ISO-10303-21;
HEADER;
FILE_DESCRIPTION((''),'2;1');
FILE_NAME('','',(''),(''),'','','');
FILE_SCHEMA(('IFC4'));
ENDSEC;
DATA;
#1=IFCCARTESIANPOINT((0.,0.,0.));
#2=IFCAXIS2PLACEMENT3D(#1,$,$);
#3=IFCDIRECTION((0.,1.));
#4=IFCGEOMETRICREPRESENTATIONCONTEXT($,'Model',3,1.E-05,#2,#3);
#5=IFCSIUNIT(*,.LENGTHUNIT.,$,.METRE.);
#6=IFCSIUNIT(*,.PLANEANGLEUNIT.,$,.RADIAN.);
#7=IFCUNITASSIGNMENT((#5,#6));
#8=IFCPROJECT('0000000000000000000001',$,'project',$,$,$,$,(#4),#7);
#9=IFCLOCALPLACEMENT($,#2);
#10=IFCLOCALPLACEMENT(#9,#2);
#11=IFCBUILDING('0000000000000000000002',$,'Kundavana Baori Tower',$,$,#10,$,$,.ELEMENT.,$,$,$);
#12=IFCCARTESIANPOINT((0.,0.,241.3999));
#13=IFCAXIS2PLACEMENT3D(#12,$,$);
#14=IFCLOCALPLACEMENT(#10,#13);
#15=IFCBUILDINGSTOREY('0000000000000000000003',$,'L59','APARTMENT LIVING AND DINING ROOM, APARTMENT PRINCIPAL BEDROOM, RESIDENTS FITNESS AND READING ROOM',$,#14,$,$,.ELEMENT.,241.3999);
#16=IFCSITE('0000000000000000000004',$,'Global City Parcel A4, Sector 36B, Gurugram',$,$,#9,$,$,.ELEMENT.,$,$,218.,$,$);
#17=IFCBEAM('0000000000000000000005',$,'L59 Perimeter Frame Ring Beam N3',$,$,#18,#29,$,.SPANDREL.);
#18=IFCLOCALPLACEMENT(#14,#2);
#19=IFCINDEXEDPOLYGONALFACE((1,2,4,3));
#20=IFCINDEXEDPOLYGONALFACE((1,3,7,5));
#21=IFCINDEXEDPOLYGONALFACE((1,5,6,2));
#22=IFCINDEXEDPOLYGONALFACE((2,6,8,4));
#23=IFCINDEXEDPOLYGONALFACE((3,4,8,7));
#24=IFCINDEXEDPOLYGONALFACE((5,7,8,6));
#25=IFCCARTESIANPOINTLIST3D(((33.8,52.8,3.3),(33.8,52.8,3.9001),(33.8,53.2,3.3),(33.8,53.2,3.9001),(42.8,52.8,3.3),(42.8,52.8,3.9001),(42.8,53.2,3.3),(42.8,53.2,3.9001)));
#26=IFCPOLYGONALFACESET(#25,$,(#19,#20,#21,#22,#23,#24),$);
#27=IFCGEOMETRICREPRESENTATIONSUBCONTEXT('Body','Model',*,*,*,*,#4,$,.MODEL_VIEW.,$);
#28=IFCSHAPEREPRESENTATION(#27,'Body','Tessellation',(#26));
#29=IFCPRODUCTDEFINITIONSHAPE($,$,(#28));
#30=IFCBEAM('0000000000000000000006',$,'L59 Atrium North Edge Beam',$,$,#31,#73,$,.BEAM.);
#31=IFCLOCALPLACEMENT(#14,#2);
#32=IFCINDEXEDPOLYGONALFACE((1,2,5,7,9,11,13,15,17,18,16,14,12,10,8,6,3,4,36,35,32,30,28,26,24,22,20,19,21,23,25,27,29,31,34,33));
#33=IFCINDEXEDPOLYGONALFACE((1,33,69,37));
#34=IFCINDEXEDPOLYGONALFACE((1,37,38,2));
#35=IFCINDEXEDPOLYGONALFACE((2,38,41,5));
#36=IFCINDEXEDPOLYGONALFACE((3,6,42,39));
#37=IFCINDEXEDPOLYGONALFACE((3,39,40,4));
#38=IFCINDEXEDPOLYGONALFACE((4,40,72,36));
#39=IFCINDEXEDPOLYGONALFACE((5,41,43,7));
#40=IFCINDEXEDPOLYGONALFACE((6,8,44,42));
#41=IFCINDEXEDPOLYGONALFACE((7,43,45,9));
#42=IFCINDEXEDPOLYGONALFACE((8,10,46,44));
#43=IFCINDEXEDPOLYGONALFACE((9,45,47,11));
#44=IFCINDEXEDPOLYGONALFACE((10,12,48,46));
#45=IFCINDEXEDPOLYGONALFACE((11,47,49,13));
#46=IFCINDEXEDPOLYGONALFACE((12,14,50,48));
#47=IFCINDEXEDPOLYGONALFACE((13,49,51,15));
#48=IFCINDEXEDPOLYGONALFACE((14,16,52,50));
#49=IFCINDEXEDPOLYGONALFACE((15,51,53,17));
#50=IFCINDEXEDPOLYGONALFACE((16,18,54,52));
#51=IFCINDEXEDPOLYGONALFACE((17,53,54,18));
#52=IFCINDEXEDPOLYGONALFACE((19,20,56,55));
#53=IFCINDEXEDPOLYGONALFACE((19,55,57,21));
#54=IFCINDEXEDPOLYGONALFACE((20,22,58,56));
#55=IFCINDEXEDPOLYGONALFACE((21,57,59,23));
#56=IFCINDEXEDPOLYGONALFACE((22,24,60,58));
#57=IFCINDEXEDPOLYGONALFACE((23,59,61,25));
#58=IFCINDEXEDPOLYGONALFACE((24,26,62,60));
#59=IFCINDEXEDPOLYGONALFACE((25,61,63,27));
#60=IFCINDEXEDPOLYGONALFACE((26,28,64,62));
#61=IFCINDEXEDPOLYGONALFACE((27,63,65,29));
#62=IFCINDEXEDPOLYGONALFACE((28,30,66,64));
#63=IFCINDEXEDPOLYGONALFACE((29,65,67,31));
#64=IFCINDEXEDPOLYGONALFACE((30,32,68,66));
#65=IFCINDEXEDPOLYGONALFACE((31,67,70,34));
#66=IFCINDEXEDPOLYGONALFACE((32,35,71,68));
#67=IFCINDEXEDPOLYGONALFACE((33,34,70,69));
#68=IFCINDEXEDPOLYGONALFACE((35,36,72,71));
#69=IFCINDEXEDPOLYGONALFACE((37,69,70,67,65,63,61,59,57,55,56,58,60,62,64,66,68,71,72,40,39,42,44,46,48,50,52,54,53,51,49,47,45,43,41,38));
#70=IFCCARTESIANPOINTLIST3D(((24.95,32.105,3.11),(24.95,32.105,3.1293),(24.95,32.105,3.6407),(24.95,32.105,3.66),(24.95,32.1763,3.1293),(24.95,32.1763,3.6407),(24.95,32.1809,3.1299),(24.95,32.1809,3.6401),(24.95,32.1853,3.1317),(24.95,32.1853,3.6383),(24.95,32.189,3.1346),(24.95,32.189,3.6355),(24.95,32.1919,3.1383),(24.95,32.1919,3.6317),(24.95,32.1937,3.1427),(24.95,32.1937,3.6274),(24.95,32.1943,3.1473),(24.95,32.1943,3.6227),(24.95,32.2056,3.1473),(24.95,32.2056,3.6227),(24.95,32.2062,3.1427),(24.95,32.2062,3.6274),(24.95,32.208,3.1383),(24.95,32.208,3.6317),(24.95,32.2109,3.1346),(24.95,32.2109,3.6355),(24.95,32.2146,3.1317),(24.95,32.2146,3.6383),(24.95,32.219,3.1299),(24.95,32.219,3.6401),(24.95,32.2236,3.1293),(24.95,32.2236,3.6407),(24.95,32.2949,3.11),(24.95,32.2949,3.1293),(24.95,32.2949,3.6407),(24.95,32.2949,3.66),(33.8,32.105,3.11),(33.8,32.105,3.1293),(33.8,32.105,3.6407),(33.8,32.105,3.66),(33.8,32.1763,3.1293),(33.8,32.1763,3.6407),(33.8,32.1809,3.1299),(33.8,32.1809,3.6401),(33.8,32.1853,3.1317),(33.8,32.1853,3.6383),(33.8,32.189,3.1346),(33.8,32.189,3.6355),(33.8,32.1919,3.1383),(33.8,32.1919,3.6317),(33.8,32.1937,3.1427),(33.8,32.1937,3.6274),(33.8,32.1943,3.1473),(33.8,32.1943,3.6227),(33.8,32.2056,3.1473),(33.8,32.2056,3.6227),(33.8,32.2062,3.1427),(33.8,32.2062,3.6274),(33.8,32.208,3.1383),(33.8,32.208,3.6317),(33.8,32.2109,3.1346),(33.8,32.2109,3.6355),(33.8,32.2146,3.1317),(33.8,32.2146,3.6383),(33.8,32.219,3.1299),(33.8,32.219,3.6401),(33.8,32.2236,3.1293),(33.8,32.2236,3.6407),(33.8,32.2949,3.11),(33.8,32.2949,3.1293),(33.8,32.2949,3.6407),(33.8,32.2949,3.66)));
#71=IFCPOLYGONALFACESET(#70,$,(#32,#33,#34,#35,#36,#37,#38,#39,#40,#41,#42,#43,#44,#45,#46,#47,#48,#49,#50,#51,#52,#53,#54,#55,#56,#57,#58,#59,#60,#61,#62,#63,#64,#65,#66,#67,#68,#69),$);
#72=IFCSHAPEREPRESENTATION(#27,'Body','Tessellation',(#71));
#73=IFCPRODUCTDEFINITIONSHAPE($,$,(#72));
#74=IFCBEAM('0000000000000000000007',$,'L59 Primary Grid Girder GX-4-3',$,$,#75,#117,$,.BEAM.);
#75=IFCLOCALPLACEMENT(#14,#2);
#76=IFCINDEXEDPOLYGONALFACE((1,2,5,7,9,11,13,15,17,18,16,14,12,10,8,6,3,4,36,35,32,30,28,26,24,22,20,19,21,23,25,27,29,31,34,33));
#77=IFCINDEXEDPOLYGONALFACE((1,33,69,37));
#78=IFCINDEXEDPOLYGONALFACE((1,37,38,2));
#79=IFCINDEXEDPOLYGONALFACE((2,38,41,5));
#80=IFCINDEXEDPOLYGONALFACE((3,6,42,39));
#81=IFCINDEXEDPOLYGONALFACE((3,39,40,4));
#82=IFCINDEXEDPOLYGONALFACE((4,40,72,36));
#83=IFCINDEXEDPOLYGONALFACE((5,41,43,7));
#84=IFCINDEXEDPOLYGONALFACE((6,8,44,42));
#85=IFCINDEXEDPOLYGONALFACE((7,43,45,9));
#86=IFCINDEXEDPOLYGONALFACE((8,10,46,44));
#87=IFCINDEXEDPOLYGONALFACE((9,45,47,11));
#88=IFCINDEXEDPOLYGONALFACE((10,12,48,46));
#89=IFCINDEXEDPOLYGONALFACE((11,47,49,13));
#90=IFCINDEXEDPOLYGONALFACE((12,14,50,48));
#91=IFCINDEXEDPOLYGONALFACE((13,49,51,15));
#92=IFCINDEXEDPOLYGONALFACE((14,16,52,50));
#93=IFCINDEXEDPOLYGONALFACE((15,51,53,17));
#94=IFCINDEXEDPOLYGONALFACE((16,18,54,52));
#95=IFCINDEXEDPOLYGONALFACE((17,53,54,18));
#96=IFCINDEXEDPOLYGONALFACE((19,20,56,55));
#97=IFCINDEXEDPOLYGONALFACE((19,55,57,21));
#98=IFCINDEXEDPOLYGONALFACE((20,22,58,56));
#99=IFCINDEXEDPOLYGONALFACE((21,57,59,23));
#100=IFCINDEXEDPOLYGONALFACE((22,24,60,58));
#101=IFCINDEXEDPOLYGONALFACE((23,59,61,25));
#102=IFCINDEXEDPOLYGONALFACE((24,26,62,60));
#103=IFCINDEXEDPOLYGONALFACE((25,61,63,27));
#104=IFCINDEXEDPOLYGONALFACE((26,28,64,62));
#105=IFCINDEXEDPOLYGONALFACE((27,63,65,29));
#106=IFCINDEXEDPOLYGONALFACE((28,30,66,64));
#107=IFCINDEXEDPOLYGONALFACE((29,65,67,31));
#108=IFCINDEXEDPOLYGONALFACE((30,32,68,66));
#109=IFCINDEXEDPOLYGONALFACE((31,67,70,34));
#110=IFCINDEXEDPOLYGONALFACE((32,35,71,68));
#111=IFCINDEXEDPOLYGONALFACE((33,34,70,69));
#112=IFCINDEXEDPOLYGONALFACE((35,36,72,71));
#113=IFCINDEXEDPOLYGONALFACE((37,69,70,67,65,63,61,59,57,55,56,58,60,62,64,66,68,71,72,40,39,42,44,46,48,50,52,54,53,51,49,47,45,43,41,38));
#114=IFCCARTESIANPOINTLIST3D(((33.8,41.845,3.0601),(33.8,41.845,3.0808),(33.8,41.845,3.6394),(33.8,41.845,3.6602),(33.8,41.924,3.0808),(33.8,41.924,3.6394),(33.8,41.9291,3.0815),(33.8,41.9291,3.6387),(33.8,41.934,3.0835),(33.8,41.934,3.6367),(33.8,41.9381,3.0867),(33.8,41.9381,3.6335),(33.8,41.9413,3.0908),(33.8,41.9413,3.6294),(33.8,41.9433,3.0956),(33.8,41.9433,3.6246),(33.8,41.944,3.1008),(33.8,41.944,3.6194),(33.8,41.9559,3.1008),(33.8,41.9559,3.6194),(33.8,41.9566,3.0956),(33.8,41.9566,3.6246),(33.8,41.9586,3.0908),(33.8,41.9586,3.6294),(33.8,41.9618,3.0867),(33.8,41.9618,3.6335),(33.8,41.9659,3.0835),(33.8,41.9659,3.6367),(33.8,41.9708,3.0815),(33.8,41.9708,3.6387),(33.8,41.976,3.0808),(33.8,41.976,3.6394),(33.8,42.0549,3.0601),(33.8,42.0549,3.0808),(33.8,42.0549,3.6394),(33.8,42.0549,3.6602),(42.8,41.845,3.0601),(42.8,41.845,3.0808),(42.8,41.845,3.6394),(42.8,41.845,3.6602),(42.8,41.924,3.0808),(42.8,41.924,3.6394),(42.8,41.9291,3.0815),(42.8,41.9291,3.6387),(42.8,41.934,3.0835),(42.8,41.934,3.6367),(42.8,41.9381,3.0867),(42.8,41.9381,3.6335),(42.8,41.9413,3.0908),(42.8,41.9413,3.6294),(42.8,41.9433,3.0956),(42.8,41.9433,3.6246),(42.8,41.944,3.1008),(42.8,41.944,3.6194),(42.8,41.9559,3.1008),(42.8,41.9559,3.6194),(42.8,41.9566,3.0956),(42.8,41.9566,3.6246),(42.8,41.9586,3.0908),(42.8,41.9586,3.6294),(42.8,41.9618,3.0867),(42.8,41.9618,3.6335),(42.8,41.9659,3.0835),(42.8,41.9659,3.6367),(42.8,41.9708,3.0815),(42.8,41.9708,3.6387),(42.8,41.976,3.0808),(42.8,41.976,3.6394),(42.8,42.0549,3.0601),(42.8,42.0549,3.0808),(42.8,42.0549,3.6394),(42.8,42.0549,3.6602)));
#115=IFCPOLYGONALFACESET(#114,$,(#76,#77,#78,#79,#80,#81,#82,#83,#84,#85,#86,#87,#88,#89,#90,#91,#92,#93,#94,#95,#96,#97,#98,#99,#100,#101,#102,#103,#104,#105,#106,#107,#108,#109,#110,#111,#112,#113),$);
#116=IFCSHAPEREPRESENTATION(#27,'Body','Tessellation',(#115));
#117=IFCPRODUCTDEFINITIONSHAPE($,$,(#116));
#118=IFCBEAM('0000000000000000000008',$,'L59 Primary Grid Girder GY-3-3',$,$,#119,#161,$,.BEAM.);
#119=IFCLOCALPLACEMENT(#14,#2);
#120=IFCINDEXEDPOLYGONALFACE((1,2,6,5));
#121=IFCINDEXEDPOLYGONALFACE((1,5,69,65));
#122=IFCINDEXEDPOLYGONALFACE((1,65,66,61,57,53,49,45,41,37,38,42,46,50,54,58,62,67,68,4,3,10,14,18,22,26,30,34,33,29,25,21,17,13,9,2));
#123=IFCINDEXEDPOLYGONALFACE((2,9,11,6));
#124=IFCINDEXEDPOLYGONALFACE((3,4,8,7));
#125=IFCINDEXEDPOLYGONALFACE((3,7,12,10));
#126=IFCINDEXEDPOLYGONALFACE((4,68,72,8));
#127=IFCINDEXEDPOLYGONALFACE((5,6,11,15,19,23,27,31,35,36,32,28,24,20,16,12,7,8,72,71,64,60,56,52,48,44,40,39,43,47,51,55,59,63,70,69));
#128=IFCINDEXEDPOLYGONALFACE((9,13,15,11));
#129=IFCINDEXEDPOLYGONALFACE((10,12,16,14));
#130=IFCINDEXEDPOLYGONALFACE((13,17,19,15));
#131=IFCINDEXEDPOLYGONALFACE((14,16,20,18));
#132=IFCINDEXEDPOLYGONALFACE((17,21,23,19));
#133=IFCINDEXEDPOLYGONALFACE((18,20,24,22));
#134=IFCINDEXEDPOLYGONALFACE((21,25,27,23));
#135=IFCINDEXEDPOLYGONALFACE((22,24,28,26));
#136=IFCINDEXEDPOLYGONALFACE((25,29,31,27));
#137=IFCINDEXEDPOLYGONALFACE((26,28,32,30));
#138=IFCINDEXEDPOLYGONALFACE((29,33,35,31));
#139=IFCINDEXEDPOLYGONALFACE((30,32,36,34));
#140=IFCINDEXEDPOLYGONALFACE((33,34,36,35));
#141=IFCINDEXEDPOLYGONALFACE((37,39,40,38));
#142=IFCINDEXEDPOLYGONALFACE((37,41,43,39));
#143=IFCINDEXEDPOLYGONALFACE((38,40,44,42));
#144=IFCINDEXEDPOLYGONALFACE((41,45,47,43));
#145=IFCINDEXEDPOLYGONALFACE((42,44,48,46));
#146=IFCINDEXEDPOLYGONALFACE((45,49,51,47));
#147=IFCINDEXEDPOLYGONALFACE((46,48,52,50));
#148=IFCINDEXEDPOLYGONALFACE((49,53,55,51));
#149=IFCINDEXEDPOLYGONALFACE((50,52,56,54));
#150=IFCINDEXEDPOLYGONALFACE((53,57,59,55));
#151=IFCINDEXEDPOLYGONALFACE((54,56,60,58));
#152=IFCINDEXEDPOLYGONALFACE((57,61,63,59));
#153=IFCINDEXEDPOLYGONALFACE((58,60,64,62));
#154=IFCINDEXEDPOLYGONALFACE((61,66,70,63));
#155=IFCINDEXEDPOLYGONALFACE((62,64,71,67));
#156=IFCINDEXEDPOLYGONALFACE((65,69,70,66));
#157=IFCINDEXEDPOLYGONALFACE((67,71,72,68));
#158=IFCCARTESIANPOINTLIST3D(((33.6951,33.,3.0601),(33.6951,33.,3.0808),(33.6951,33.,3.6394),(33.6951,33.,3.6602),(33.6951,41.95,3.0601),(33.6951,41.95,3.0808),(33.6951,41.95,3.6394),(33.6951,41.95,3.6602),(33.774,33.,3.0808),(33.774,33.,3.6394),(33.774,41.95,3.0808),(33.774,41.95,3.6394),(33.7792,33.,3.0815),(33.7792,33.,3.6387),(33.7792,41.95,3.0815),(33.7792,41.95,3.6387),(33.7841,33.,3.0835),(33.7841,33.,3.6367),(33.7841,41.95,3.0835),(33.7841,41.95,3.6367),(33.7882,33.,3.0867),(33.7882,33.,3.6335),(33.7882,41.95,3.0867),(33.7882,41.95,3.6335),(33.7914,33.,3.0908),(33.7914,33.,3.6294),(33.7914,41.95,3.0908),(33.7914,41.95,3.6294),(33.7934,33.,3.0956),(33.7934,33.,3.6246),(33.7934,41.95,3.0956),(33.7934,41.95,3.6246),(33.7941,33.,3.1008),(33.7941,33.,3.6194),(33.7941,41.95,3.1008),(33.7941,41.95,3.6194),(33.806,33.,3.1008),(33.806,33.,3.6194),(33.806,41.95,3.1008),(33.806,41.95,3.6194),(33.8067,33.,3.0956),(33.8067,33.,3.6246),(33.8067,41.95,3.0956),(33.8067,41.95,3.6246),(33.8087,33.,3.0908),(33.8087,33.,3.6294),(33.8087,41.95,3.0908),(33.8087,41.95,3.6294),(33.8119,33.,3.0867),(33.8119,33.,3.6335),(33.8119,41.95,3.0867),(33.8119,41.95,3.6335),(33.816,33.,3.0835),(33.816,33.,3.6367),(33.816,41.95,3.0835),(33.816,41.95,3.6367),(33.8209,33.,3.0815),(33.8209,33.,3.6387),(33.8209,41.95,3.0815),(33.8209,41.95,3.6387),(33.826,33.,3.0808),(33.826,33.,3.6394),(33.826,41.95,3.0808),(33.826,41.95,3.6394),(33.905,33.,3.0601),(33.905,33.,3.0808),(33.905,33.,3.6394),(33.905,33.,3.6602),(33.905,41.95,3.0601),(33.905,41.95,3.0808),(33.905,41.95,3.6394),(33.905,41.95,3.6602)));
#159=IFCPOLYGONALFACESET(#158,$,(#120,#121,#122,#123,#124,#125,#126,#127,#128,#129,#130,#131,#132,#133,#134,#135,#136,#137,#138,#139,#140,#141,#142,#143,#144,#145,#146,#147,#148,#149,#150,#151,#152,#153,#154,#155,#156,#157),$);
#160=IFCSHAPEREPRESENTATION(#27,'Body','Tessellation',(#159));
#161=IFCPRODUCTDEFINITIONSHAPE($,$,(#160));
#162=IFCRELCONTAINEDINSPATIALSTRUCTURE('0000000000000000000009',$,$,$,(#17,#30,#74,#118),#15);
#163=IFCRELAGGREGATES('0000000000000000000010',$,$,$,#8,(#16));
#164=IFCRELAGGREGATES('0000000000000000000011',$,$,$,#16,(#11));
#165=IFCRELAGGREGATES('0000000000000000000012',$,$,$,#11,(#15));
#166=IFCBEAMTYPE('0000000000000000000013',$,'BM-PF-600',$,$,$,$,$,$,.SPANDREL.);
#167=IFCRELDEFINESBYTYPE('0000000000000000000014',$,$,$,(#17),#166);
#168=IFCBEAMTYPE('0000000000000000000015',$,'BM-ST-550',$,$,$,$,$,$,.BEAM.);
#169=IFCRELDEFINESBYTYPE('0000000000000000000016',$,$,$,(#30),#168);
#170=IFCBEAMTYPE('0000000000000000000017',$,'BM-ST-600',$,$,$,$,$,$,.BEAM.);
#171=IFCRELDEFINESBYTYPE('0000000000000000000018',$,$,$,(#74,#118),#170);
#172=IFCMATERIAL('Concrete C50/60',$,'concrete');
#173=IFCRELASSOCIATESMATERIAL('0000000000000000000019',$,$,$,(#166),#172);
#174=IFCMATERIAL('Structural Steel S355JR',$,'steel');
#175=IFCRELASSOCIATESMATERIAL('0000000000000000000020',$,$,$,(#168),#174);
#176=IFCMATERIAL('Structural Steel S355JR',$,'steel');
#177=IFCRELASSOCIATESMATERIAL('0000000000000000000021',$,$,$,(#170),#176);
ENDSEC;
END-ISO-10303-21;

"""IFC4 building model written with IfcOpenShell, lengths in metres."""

from ifc_helpers import new_model, si_unit, direction, frame, origin, origin_2d, place, context, subcontext, project, spatial, rectangle, i_section, extrude, material, material_profile, profile_set, type_object, element, save


model = new_model("IFC4")

# Units and contexts
model_context = context("Model", 3, precision=1e-05, world=origin(), true_north=direction((0.0, 1.0)))
body_context = subcontext(model_context, "Body", "Model", "MODEL_VIEW")
ifc_project = project(units=[si_unit("LENGTHUNIT", "METRE"), si_unit("PLANEANGLEUNIT", "RADIAN")], contexts=[model_context])

# Site, building, storey
site_placement = place(None, origin())
site = spatial("IfcSite", under=ifc_project, at=site_placement, Name="Global City Parcel A4, Sector 36B, Gurugram", CompositionType="ELEMENT", RefElevation=218.0)
building_placement = place(site_placement, origin())
building = spatial("IfcBuilding", under=site, at=building_placement, Name="Kundavana Baori Tower", CompositionType="ELEMENT")
storey_placement = place(building_placement, frame((0.0, 0.0, 241.3999)))
storey = spatial("IfcBuildingStorey", under=building, at=storey_placement, Name="L59", Description="APARTMENT LIVING AND DINING ROOM, APARTMENT PRINCIPAL BEDROOM, RESIDENTS FITNESS AND READING ROOM", CompositionType="ELEMENT", Elevation=241.3999)

# Beams
ifc_material_1 = material(Name="Concrete C50/60", Category="concrete")
ifc_material_profile_1 = material_profile(ifc_material_1, rectangle(XDim=0.3999, YDim=0.6001, at=origin_2d()), Name="RC BM 400x600")
ifc_profile_set_1 = profile_set([ifc_material_profile_1], Name="Concrete C50/60")
beam_type_1 = type_object("IfcBeamType", Name="BM-PF-600", PredefinedType="SPANDREL", material=ifc_profile_set_1)
beam_1_placement = place(storey_placement, frame((33.8, 53.0, 3.6001), z_axis=(1.0, 0.0, 0.0), x_axis=(0.0, 1.0, 0.0)))
element("IfcBeam", 1, at=beam_1_placement, inside=storey, type_object=beam_type_1, Name="L59 Perimeter Frame Ring Beam N3", PredefinedType="SPANDREL", context=body_context, shape_type="SweptSolid", body=[
    extrude(rectangle(XDim=0.3999, YDim=0.6001, at=origin_2d()), origin(), (0.0, 0.0, 1.0), 9.0),
])
ifc_material_2 = material(Name="Structural Steel S355JR", Category="steel")
ifc_material_profile_2 = material_profile(ifc_material_2, i_section(OverallWidth=0.1899, OverallDepth=0.55, WebThickness=0.0112, FlangeThickness=0.0193, FilletRadius=0.0181, at=origin_2d()), Name="ISMB 550")
ifc_profile_set_2 = profile_set([ifc_material_profile_2], Name="Structural Steel S355JR")
beam_type_2 = type_object("IfcBeamType", Name="BM-ST-550", PredefinedType="BEAM", material=ifc_profile_set_2)
beam_2_placement = place(storey_placement, frame((24.95, 32.2, 3.385), z_axis=(1.0, 0.0, 0.0), x_axis=(0.0, 1.0, 0.0)))
element("IfcBeam", 2, at=beam_2_placement, inside=storey, type_object=beam_type_2, Name="L59 Atrium North Edge Beam", PredefinedType="BEAM", context=body_context, shape_type="SweptSolid", body=[
    extrude(i_section(OverallWidth=0.1899, OverallDepth=0.55, WebThickness=0.0112, FlangeThickness=0.0193, FilletRadius=0.0181, at=origin_2d()), origin(), (0.0, 0.0, 1.0), 8.8501),
])
ifc_material_3 = material(Name="Structural Steel S355JR", Category="steel")
ifc_material_profile_3 = material_profile(ifc_material_3, i_section(OverallWidth=0.21, OverallDepth=0.6001, WebThickness=0.012, FlangeThickness=0.0208, FilletRadius=0.02, at=origin_2d()), Name="ISMB 600")
ifc_profile_set_3 = profile_set([ifc_material_profile_3], Name="Structural Steel S355JR")
beam_type_3 = type_object("IfcBeamType", Name="BM-ST-600", PredefinedType="BEAM", material=ifc_profile_set_3)
beam_3_placement = place(storey_placement, frame((33.8, 41.95, 3.3601), z_axis=(1.0, 0.0, 0.0), x_axis=(0.0, 1.0, 0.0)))
element("IfcBeam", 3, at=beam_3_placement, inside=storey, type_object=beam_type_3, Name="L59 Primary Grid Girder GX-4-3", PredefinedType="BEAM", context=body_context, shape_type="SweptSolid", body=[
    extrude(i_section(OverallWidth=0.21, OverallDepth=0.6001, WebThickness=0.012, FlangeThickness=0.0208, FilletRadius=0.02, at=origin_2d()), origin(), (0.0, 0.0, 1.0), 9.0),
])
beam_4_placement = place(storey_placement, frame((33.8, 33.0, 3.3601), z_axis=(0.0, 1.0, 0.0), x_axis=(-1.0, 0.0, 0.0)))
element("IfcBeam", 4, at=beam_4_placement, inside=storey, type_object=beam_type_3, Name="L59 Primary Grid Girder GY-3-3", PredefinedType="BEAM", context=body_context, shape_type="SweptSolid", body=[
    extrude(i_section(OverallWidth=0.21, OverallDepth=0.6001, WebThickness=0.012, FlangeThickness=0.0208, FilletRadius=0.02, at=origin_2d()), origin(), (0.0, 0.0, 1.0), 8.95),
])

save(model, "model.ifc")
